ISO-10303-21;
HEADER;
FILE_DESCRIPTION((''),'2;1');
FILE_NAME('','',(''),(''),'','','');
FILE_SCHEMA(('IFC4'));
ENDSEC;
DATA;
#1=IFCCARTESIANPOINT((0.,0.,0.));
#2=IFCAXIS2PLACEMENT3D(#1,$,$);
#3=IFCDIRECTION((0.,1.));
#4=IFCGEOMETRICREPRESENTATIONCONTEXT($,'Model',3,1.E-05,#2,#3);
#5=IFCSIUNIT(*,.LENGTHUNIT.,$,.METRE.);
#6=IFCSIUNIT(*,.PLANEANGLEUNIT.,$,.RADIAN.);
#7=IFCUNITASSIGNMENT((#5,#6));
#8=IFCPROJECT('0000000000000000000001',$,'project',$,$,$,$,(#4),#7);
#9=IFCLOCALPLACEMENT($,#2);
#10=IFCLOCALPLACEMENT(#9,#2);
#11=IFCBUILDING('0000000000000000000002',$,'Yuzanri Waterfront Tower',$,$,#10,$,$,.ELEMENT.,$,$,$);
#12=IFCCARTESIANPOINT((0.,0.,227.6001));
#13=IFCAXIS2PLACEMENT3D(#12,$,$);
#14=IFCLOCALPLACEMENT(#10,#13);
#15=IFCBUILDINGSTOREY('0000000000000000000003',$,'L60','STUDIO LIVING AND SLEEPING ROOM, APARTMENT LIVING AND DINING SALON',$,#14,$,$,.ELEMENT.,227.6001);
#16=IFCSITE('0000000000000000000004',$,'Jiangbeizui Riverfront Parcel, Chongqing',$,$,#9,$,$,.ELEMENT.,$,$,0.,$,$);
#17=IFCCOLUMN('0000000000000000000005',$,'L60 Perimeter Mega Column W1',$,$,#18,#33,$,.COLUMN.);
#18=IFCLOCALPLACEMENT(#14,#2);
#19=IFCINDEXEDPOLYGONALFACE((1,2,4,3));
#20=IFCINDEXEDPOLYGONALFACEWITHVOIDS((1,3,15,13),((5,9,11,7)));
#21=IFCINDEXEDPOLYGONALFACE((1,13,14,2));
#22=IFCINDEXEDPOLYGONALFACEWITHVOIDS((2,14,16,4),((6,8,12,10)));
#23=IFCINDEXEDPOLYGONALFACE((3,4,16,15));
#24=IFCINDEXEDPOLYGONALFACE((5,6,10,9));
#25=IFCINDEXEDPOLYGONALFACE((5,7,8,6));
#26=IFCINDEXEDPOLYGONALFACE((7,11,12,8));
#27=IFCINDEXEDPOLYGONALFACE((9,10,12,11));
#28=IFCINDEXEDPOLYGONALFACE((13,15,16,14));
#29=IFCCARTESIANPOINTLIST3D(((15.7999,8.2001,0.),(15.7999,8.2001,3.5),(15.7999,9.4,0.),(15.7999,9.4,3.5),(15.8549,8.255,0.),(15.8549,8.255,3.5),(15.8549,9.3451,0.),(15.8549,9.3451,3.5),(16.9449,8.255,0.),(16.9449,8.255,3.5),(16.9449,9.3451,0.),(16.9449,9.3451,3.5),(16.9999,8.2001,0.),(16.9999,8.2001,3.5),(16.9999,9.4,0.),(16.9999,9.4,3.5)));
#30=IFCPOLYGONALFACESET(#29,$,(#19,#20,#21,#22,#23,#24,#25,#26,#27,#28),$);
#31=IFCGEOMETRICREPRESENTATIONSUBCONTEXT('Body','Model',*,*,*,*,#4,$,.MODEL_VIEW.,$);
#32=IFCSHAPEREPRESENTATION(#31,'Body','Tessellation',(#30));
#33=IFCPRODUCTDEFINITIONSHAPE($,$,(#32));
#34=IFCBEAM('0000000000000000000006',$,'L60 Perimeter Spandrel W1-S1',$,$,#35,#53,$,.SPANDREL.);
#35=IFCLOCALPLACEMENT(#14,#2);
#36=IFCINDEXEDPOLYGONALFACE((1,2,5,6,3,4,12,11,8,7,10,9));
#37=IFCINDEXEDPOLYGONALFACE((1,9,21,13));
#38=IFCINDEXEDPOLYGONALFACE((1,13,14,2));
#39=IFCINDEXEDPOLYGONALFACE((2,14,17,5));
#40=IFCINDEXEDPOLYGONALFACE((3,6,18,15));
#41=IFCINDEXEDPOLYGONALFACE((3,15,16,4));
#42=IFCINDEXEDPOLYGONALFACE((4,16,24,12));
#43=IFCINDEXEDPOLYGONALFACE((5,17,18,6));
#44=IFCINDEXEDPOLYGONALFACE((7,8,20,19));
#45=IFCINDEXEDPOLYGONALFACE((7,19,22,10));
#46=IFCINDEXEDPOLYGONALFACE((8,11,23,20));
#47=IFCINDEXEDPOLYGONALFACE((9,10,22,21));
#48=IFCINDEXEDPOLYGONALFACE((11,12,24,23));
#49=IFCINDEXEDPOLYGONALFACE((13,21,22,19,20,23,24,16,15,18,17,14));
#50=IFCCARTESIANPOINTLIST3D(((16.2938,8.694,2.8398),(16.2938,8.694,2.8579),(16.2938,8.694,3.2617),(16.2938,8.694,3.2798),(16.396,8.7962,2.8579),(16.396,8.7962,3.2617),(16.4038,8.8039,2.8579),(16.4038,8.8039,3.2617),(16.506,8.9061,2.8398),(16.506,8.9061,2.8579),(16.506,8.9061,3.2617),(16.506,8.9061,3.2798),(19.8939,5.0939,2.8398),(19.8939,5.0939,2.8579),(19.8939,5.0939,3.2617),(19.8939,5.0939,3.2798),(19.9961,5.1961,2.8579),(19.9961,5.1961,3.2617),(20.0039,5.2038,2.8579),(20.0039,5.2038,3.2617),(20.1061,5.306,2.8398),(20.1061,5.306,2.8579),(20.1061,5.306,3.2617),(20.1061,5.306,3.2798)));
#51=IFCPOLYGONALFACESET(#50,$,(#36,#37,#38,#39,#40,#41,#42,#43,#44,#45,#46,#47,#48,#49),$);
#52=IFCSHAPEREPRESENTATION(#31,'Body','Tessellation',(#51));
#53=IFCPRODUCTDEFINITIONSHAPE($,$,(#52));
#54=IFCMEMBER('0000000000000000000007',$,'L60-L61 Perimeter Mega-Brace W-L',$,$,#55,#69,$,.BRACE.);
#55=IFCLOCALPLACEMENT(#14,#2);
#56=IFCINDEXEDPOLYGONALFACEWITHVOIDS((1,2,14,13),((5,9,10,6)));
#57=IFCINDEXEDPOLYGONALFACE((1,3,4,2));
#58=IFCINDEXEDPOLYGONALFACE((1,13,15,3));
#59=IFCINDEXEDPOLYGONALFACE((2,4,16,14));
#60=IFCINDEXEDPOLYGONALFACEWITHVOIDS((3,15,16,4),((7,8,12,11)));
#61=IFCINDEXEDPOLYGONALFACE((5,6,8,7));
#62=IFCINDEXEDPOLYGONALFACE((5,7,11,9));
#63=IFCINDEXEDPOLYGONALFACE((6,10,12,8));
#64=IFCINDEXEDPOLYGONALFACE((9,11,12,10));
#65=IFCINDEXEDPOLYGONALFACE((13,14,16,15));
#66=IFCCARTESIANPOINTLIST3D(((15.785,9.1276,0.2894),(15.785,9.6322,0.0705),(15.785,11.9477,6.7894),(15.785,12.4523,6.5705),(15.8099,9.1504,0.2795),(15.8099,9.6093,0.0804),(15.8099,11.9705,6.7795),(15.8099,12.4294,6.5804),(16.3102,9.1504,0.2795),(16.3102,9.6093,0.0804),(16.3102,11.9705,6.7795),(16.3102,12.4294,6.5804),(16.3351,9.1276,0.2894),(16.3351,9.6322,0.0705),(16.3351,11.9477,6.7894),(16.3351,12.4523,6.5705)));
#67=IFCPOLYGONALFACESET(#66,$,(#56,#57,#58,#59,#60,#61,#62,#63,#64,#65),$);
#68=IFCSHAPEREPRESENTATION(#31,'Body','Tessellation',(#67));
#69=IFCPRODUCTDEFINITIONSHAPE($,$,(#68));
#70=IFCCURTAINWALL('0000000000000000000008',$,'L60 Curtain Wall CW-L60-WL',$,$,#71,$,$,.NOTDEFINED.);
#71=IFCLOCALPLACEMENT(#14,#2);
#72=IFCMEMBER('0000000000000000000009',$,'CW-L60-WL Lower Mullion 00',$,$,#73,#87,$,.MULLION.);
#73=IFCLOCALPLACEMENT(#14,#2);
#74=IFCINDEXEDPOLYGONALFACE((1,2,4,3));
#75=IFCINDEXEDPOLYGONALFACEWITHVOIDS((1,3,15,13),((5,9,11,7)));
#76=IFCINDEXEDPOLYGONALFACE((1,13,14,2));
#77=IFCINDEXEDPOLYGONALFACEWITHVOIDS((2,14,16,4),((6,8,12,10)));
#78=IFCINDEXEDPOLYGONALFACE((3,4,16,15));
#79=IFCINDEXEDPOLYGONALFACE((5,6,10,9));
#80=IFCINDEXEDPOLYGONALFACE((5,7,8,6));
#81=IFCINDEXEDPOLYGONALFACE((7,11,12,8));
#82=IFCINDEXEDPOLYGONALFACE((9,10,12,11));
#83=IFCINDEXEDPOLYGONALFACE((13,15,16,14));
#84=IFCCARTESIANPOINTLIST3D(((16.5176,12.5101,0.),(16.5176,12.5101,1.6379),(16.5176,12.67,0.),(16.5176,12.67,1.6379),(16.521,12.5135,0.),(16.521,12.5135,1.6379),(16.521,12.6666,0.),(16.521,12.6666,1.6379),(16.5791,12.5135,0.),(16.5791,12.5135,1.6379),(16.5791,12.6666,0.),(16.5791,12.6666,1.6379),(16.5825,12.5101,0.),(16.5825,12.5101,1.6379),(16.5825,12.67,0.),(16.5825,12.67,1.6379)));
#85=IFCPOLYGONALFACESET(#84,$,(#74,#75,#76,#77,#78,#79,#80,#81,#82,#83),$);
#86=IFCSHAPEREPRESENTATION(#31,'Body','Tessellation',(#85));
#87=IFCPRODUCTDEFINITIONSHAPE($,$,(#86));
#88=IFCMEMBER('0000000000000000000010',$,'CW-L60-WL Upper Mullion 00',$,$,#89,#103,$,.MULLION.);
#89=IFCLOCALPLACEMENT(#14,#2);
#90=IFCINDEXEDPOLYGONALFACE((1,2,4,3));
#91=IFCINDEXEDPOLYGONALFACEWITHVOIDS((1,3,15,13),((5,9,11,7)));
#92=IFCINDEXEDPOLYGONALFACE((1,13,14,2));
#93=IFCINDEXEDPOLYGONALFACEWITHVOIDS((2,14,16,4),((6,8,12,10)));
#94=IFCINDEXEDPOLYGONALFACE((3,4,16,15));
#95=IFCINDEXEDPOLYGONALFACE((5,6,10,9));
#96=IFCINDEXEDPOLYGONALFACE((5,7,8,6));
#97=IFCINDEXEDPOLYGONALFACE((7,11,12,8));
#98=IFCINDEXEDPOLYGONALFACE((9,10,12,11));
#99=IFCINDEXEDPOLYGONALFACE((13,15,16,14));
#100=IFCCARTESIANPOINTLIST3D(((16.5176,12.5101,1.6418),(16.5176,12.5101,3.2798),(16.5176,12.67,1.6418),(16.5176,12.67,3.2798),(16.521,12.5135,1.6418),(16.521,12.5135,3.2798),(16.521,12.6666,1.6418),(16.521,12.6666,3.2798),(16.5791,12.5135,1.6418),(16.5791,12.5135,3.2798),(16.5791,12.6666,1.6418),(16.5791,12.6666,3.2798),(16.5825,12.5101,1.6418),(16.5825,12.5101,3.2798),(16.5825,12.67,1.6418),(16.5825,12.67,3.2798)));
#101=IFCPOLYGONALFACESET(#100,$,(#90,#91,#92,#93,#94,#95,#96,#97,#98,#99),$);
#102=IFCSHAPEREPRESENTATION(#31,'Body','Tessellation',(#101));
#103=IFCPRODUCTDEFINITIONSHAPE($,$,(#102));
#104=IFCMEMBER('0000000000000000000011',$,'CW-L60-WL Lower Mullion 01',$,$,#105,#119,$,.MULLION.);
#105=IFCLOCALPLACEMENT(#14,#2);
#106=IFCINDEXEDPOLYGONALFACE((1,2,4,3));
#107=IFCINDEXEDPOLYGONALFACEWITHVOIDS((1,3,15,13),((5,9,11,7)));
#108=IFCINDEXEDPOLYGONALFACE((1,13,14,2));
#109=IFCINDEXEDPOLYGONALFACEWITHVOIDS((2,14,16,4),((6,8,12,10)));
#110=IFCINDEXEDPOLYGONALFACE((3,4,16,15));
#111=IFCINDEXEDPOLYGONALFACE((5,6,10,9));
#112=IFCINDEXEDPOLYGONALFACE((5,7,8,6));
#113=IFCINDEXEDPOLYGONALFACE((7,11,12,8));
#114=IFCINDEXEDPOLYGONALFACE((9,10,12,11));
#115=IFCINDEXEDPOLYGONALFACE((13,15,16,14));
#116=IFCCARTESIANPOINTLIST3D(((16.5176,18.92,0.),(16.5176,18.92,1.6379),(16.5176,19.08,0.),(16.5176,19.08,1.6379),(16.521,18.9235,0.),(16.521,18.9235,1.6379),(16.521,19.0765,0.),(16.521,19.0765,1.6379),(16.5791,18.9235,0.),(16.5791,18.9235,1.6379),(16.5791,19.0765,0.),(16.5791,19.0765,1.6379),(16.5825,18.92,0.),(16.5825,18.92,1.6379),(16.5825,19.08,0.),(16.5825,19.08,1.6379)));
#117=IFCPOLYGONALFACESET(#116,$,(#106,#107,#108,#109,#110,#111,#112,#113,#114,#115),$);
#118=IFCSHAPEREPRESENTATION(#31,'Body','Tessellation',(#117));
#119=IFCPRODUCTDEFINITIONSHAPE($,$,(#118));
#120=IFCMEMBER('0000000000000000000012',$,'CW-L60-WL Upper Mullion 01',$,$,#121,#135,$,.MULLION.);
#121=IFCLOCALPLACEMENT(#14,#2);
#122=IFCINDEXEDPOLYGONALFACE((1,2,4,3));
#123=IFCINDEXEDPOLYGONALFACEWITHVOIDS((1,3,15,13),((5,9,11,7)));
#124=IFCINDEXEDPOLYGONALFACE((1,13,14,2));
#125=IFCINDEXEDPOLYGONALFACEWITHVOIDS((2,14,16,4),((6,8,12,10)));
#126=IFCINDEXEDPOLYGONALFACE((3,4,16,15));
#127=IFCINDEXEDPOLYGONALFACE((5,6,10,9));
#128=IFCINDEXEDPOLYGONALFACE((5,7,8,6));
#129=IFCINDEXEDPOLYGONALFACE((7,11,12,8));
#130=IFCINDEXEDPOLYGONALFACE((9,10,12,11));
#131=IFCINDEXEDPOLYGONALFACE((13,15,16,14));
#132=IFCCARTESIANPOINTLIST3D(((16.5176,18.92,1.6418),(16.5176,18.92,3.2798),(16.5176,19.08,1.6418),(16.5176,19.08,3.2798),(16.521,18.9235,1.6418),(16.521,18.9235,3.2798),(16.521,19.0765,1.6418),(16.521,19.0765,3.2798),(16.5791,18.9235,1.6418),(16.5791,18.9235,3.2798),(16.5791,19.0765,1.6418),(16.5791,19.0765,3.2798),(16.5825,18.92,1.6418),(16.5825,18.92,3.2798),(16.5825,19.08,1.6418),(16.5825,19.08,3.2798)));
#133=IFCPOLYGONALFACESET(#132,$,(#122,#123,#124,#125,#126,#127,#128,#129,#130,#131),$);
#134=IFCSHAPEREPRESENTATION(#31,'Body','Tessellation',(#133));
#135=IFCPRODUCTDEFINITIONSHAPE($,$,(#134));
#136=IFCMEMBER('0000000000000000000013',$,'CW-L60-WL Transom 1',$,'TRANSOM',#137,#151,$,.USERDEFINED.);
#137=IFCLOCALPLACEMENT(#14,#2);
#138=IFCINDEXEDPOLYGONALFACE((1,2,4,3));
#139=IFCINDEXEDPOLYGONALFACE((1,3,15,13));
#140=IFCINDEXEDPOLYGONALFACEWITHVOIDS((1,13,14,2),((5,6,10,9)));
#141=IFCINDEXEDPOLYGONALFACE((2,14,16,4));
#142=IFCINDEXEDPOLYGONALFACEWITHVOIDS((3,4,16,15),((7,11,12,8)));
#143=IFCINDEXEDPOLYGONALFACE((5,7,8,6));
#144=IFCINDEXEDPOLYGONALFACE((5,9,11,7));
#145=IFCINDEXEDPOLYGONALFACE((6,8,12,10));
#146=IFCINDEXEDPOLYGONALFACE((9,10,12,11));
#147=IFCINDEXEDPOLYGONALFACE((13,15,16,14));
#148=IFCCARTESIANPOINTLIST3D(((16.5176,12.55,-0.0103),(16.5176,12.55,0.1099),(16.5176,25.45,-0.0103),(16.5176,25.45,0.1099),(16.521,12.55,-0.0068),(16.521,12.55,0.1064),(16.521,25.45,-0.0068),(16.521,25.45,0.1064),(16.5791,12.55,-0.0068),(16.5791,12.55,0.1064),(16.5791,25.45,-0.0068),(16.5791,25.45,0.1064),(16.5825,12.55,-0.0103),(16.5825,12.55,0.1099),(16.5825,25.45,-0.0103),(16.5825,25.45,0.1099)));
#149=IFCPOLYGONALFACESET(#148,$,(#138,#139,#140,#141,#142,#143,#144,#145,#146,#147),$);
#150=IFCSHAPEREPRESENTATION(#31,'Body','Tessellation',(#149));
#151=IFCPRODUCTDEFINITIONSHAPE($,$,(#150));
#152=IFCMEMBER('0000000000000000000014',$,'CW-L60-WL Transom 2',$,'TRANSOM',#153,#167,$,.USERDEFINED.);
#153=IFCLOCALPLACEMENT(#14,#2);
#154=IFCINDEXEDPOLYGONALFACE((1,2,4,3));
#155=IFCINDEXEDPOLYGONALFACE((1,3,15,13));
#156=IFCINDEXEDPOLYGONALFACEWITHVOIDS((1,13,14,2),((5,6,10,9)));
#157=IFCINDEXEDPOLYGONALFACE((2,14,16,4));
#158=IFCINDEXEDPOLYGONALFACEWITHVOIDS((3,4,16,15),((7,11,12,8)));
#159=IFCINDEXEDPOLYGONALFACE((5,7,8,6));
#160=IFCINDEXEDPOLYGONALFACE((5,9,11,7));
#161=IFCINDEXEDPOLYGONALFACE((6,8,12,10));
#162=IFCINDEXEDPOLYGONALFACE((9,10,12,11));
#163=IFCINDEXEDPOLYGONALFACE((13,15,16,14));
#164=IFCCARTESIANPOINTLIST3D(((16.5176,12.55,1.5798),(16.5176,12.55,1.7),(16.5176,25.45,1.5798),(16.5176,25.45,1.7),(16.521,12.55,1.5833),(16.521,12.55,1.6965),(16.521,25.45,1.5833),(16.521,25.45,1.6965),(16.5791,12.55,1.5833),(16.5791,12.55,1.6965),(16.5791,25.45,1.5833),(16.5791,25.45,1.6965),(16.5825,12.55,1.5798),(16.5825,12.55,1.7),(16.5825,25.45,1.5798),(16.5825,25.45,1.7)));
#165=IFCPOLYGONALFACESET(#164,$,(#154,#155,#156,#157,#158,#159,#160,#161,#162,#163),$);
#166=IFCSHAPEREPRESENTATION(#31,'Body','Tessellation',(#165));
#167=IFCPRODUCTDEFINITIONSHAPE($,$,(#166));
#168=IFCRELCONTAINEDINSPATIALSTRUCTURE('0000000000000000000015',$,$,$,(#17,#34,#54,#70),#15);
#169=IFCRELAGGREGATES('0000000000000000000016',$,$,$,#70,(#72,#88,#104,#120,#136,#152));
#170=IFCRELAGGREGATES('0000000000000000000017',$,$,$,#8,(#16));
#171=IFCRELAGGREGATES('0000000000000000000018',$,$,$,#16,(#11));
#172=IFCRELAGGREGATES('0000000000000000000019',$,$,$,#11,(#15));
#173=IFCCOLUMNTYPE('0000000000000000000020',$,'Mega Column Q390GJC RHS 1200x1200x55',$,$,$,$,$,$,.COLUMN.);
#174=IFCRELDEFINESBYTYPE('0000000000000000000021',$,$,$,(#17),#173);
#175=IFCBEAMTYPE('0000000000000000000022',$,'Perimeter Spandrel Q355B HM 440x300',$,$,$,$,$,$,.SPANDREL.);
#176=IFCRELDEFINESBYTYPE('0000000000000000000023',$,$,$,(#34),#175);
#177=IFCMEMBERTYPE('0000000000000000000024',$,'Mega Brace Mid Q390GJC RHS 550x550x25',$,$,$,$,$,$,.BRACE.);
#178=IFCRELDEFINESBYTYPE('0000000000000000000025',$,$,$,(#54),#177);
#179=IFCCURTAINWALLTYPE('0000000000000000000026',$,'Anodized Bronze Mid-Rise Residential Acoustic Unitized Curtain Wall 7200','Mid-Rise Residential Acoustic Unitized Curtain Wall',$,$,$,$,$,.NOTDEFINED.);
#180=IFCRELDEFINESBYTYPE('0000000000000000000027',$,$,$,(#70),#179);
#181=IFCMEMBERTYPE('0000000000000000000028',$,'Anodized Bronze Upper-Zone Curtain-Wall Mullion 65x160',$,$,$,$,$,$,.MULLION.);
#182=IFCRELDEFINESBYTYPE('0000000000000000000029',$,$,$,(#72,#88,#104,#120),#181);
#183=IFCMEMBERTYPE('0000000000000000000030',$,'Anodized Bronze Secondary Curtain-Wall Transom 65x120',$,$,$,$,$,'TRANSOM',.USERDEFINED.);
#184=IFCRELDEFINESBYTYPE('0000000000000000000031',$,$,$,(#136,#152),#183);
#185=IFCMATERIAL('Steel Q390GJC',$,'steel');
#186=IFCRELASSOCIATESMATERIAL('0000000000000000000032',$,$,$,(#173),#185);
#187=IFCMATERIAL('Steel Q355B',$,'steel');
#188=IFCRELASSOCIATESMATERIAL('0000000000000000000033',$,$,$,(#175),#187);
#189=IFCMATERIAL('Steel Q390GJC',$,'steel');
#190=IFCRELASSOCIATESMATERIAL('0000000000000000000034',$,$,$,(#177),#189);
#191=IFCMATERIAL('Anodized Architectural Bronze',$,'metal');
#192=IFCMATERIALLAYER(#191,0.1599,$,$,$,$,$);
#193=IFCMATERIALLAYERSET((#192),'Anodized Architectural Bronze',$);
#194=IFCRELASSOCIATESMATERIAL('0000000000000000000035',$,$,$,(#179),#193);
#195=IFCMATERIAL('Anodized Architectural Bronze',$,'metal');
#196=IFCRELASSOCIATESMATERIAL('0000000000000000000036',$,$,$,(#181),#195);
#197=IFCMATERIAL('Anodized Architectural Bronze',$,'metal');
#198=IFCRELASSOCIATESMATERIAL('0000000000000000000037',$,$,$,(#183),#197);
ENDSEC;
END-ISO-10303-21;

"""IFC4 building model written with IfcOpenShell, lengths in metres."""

from ifc_helpers import new_model, si_unit, direction, frame, origin, origin_2d, place, context, subcontext, project, spatial, hollow_rectangle, i_section, extrude, source, transform, mapped, material, layer, layer_set, material_profile, profile_set, type_object, element, aggregate, save


model = new_model("IFC4")

# Units and contexts
model_context = context("Model", 3, precision=1e-05, world=origin(), true_north=direction((0.0, 1.0)))
body_context = subcontext(model_context, "Body", "Model", "MODEL_VIEW")
ifc_project = project(units=[si_unit("LENGTHUNIT", "METRE"), si_unit("PLANEANGLEUNIT", "RADIAN")], contexts=[model_context])

# Site, building, storey
site_placement = place(None, origin())
site = spatial("IfcSite", under=ifc_project, at=site_placement, Name="Jiangbeizui Riverfront Parcel, Chongqing", CompositionType="ELEMENT", RefElevation=0.0)
building_placement = place(site_placement, origin())
building = spatial("IfcBuilding", under=site, at=building_placement, Name="Yuzanri Waterfront Tower", CompositionType="ELEMENT")
storey_placement = place(building_placement, frame((0.0, 0.0, 227.6001)))
storey = spatial("IfcBuildingStorey", under=building, at=storey_placement, Name="L60", Description="STUDIO LIVING AND SLEEPING ROOM, APARTMENT LIVING AND DINING SALON", CompositionType="ELEMENT", Elevation=227.6001)

# Column
ifc_material_1 = material(Name="Steel Q390GJC", Category="steel")
ifc_material_profile_1 = material_profile(ifc_material_1, hollow_rectangle(XDim=1.2, YDim=1.2, WallThickness=0.0549, at=origin_2d()), Name="RHS 1200x1200x55")
ifc_profile_set_1 = profile_set([ifc_material_profile_1], Name="Steel Q390GJC")
column_type = type_object("IfcColumnType", Name="Mega Column Q390GJC RHS 1200x1200x55", PredefinedType="COLUMN", material=ifc_profile_set_1)
shared_shape_1 = source(origin(), body_context, "Body", "SweptSolid", [
    extrude(hollow_rectangle(XDim=1.2, YDim=1.2, WallThickness=0.0549, at=origin_2d()), origin(), (0.0, 0.0, 1.0), 3.5),
])
column_placement = place(storey_placement, frame((16.3999, 8.8, 0.0), z_axis=(0.0, 0.0, 1.0), x_axis=(1.0, 0.0, 0.0)))
element("IfcColumn", 1, at=column_placement, inside=storey, type_object=column_type, Name="L60 Perimeter Mega Column W1", PredefinedType="COLUMN", context=body_context, shape_type="MappedRepresentation", body=[
    mapped(shared_shape_1, transform((0.0, 0.0, 0.0), scale=1.0)),
])

# Beam
ifc_material_2 = material(Name="Steel Q355B", Category="steel")
ifc_material_profile_2 = material_profile(ifc_material_2, i_section(OverallWidth=0.3, OverallDepth=0.4399, WebThickness=0.011, FlangeThickness=0.0181, at=origin_2d()), Name="HM 440x300x11x18")
ifc_profile_set_2 = profile_set([ifc_material_profile_2], Name="Steel Q355B")
beam_type = type_object("IfcBeamType", Name="Perimeter Spandrel Q355B HM 440x300", PredefinedType="SPANDREL", material=ifc_profile_set_2)
shared_shape_2 = source(origin(), body_context, "Body", "SweptSolid", [
    extrude(i_section(OverallWidth=0.3, OverallDepth=0.4399, WebThickness=0.011, FlangeThickness=0.0181, at=origin_2d()), origin(), (0.0, 0.0, 1.0), 5.0913),
])
beam_placement = place(storey_placement, frame((16.3999, 8.8, 3.0598), z_axis=(0.707107, -0.707107, 0.0), x_axis=(0.707107, 0.707107, 0.0)))
element("IfcBeam", 2, at=beam_placement, inside=storey, type_object=beam_type, Name="L60 Perimeter Spandrel W1-S1", PredefinedType="SPANDREL", context=body_context, shape_type="MappedRepresentation", body=[
    mapped(shared_shape_2, transform((0.0, 0.0, 0.0), scale=1.0)),
])

# Member
ifc_material_3 = material(Name="Steel Q390GJC", Category="steel")
ifc_material_profile_3 = material_profile(ifc_material_3, hollow_rectangle(XDim=0.55, YDim=0.55, WallThickness=0.0249, at=origin_2d()), Name="RHS 550x550x25")
ifc_profile_set_3 = profile_set([ifc_material_profile_3], Name="Steel Q390GJC")
member_type_1 = type_object("IfcMemberType", Name="Mega Brace Mid Q390GJC RHS 550x550x25", PredefinedType="BRACE", material=ifc_profile_set_3)
shared_shape_3 = source(origin(), body_context, "Body", "SweptSolid", [
    extrude(hollow_rectangle(XDim=0.55, YDim=0.55, WallThickness=0.0249, at=origin_2d()), origin(), (0.0, 0.0, 1.0), 7.0854),
])
member_1_placement = place(storey_placement, frame((16.0601, 9.3799, 0.1799), z_axis=(0.0, 0.398012, 0.91738), x_axis=(-1.0, 0.0, 0.0)))
element("IfcMember", 3, at=member_1_placement, inside=storey, type_object=member_type_1, Name="L60-L61 Perimeter Mega-Brace W-L", PredefinedType="BRACE", context=body_context, shape_type="MappedRepresentation", body=[
    mapped(shared_shape_3, transform((0.0, 0.0, 0.0), scale=1.0)),
])

# Curtain wall, members
ifc_material_4 = material(Name="Anodized Architectural Bronze", Category="metal")
ifc_layer_1 = layer(ifc_material_4, 0.1599)
ifc_layer_set_1 = layer_set([ifc_layer_1], Name="Anodized Architectural Bronze")
curtain_wall_type = type_object("IfcCurtainWallType", Name="Anodized Bronze Mid-Rise Residential Acoustic Unitized Curtain Wall 7200", Description="Mid-Rise Residential Acoustic Unitized Curtain Wall", PredefinedType="NOTDEFINED", material=ifc_layer_set_1)
curtain_wall_placement = place(storey_placement, origin())
curtain_wall = element("IfcCurtainWall", 4, at=curtain_wall_placement, inside=storey, type_object=curtain_wall_type, Name="L60 Curtain Wall CW-L60-WL", PredefinedType="NOTDEFINED")
ifc_material_5 = material(Name="Anodized Architectural Bronze", Category="metal")
ifc_material_profile_4 = material_profile(ifc_material_5, hollow_rectangle(XDim=0.0649, YDim=0.1599, WallThickness=0.0034, at=origin_2d()), Name="CWM 65x160")
ifc_profile_set_4 = profile_set([ifc_material_profile_4], Name="Anodized Architectural Bronze")
member_type_2 = type_object("IfcMemberType", Name="Anodized Bronze Upper-Zone Curtain-Wall Mullion 65x160", PredefinedType="MULLION", material=ifc_profile_set_4)
shared_shape_4 = source(origin(), body_context, "Body", "SweptSolid", [
    extrude(hollow_rectangle(XDim=0.0649, YDim=0.1599, WallThickness=0.0034, at=origin_2d()), origin(), (0.0, 0.0, 1.0), 1.6379),
])
member_2_placement = place(storey_placement, frame((16.55, 12.5901, 0.0), z_axis=(0.0, 0.0, 1.0), x_axis=(1.0, 0.0, 0.0)))
member_2 = element("IfcMember", 5, at=member_2_placement, type_object=member_type_2, Name="CW-L60-WL Lower Mullion 00", PredefinedType="MULLION", context=body_context, shape_type="MappedRepresentation", body=[
    mapped(shared_shape_4, transform((0.0, 0.0, 0.0), scale=1.0)),
])
member_3_placement = place(storey_placement, frame((16.55, 12.5901, 1.6418), z_axis=(0.0, 0.0, 1.0), x_axis=(1.0, 0.0, 0.0)))
member_3 = element("IfcMember", 6, at=member_3_placement, type_object=member_type_2, Name="CW-L60-WL Upper Mullion 00", PredefinedType="MULLION", context=body_context, shape_type="MappedRepresentation", body=[
    mapped(shared_shape_4, transform((0.0, 0.0, 0.0), scale=1.0)),
])
member_4_placement = place(storey_placement, frame((16.55, 19.0, 0.0), z_axis=(0.0, 0.0, 1.0), x_axis=(1.0, 0.0, 0.0)))
member_4 = element("IfcMember", 7, at=member_4_placement, type_object=member_type_2, Name="CW-L60-WL Lower Mullion 01", PredefinedType="MULLION", context=body_context, shape_type="MappedRepresentation", body=[
    mapped(shared_shape_4, transform((0.0, 0.0, 0.0), scale=1.0)),
])
member_5_placement = place(storey_placement, frame((16.55, 19.0, 1.6418), z_axis=(0.0, 0.0, 1.0), x_axis=(1.0, 0.0, 0.0)))
member_5 = element("IfcMember", 8, at=member_5_placement, type_object=member_type_2, Name="CW-L60-WL Upper Mullion 01", PredefinedType="MULLION", context=body_context, shape_type="MappedRepresentation", body=[
    mapped(shared_shape_4, transform((0.0, 0.0, 0.0), scale=1.0)),
])
ifc_material_6 = material(Name="Anodized Architectural Bronze", Category="metal")
ifc_material_profile_5 = material_profile(ifc_material_6, hollow_rectangle(XDim=0.0649, YDim=0.1201, WallThickness=0.0034, at=origin_2d()), Name="CWT 65x120")
ifc_profile_set_5 = profile_set([ifc_material_profile_5], Name="Anodized Architectural Bronze")
member_type_3 = type_object("IfcMemberType", Name="Anodized Bronze Secondary Curtain-Wall Transom 65x120", ElementType="TRANSOM", PredefinedType="USERDEFINED", material=ifc_profile_set_5)
shared_shape_5 = source(origin(), body_context, "Body", "SweptSolid", [
    extrude(hollow_rectangle(XDim=0.0649, YDim=0.1201, WallThickness=0.0034, at=origin_2d()), origin(), (0.0, 0.0, 1.0), 12.8999),
])
member_6_placement = place(storey_placement, frame((16.55, 12.55, 0.0498), z_axis=(0.0, 1.0, 0.0), x_axis=(-1.0, 0.0, 0.0)))
member_6 = element("IfcMember", 9, at=member_6_placement, type_object=member_type_3, Name="CW-L60-WL Transom 1", ObjectType="TRANSOM", PredefinedType="USERDEFINED", context=body_context, shape_type="MappedRepresentation", body=[
    mapped(shared_shape_5, transform((0.0, 0.0, 0.0), scale=1.0)),
])
member_7_placement = place(storey_placement, frame((16.55, 12.55, 1.6399), z_axis=(0.0, 1.0, 0.0), x_axis=(-1.0, 0.0, 0.0)))
member_7 = element("IfcMember", 10, at=member_7_placement, type_object=member_type_3, Name="CW-L60-WL Transom 2", ObjectType="TRANSOM", PredefinedType="USERDEFINED", context=body_context, shape_type="MappedRepresentation", body=[
    mapped(shared_shape_5, transform((0.0, 0.0, 0.0), scale=1.0)),
])

aggregate(curtain_wall, [member_2, member_3, member_4, member_5, member_6, member_7])

save(model, "model.ifc")
